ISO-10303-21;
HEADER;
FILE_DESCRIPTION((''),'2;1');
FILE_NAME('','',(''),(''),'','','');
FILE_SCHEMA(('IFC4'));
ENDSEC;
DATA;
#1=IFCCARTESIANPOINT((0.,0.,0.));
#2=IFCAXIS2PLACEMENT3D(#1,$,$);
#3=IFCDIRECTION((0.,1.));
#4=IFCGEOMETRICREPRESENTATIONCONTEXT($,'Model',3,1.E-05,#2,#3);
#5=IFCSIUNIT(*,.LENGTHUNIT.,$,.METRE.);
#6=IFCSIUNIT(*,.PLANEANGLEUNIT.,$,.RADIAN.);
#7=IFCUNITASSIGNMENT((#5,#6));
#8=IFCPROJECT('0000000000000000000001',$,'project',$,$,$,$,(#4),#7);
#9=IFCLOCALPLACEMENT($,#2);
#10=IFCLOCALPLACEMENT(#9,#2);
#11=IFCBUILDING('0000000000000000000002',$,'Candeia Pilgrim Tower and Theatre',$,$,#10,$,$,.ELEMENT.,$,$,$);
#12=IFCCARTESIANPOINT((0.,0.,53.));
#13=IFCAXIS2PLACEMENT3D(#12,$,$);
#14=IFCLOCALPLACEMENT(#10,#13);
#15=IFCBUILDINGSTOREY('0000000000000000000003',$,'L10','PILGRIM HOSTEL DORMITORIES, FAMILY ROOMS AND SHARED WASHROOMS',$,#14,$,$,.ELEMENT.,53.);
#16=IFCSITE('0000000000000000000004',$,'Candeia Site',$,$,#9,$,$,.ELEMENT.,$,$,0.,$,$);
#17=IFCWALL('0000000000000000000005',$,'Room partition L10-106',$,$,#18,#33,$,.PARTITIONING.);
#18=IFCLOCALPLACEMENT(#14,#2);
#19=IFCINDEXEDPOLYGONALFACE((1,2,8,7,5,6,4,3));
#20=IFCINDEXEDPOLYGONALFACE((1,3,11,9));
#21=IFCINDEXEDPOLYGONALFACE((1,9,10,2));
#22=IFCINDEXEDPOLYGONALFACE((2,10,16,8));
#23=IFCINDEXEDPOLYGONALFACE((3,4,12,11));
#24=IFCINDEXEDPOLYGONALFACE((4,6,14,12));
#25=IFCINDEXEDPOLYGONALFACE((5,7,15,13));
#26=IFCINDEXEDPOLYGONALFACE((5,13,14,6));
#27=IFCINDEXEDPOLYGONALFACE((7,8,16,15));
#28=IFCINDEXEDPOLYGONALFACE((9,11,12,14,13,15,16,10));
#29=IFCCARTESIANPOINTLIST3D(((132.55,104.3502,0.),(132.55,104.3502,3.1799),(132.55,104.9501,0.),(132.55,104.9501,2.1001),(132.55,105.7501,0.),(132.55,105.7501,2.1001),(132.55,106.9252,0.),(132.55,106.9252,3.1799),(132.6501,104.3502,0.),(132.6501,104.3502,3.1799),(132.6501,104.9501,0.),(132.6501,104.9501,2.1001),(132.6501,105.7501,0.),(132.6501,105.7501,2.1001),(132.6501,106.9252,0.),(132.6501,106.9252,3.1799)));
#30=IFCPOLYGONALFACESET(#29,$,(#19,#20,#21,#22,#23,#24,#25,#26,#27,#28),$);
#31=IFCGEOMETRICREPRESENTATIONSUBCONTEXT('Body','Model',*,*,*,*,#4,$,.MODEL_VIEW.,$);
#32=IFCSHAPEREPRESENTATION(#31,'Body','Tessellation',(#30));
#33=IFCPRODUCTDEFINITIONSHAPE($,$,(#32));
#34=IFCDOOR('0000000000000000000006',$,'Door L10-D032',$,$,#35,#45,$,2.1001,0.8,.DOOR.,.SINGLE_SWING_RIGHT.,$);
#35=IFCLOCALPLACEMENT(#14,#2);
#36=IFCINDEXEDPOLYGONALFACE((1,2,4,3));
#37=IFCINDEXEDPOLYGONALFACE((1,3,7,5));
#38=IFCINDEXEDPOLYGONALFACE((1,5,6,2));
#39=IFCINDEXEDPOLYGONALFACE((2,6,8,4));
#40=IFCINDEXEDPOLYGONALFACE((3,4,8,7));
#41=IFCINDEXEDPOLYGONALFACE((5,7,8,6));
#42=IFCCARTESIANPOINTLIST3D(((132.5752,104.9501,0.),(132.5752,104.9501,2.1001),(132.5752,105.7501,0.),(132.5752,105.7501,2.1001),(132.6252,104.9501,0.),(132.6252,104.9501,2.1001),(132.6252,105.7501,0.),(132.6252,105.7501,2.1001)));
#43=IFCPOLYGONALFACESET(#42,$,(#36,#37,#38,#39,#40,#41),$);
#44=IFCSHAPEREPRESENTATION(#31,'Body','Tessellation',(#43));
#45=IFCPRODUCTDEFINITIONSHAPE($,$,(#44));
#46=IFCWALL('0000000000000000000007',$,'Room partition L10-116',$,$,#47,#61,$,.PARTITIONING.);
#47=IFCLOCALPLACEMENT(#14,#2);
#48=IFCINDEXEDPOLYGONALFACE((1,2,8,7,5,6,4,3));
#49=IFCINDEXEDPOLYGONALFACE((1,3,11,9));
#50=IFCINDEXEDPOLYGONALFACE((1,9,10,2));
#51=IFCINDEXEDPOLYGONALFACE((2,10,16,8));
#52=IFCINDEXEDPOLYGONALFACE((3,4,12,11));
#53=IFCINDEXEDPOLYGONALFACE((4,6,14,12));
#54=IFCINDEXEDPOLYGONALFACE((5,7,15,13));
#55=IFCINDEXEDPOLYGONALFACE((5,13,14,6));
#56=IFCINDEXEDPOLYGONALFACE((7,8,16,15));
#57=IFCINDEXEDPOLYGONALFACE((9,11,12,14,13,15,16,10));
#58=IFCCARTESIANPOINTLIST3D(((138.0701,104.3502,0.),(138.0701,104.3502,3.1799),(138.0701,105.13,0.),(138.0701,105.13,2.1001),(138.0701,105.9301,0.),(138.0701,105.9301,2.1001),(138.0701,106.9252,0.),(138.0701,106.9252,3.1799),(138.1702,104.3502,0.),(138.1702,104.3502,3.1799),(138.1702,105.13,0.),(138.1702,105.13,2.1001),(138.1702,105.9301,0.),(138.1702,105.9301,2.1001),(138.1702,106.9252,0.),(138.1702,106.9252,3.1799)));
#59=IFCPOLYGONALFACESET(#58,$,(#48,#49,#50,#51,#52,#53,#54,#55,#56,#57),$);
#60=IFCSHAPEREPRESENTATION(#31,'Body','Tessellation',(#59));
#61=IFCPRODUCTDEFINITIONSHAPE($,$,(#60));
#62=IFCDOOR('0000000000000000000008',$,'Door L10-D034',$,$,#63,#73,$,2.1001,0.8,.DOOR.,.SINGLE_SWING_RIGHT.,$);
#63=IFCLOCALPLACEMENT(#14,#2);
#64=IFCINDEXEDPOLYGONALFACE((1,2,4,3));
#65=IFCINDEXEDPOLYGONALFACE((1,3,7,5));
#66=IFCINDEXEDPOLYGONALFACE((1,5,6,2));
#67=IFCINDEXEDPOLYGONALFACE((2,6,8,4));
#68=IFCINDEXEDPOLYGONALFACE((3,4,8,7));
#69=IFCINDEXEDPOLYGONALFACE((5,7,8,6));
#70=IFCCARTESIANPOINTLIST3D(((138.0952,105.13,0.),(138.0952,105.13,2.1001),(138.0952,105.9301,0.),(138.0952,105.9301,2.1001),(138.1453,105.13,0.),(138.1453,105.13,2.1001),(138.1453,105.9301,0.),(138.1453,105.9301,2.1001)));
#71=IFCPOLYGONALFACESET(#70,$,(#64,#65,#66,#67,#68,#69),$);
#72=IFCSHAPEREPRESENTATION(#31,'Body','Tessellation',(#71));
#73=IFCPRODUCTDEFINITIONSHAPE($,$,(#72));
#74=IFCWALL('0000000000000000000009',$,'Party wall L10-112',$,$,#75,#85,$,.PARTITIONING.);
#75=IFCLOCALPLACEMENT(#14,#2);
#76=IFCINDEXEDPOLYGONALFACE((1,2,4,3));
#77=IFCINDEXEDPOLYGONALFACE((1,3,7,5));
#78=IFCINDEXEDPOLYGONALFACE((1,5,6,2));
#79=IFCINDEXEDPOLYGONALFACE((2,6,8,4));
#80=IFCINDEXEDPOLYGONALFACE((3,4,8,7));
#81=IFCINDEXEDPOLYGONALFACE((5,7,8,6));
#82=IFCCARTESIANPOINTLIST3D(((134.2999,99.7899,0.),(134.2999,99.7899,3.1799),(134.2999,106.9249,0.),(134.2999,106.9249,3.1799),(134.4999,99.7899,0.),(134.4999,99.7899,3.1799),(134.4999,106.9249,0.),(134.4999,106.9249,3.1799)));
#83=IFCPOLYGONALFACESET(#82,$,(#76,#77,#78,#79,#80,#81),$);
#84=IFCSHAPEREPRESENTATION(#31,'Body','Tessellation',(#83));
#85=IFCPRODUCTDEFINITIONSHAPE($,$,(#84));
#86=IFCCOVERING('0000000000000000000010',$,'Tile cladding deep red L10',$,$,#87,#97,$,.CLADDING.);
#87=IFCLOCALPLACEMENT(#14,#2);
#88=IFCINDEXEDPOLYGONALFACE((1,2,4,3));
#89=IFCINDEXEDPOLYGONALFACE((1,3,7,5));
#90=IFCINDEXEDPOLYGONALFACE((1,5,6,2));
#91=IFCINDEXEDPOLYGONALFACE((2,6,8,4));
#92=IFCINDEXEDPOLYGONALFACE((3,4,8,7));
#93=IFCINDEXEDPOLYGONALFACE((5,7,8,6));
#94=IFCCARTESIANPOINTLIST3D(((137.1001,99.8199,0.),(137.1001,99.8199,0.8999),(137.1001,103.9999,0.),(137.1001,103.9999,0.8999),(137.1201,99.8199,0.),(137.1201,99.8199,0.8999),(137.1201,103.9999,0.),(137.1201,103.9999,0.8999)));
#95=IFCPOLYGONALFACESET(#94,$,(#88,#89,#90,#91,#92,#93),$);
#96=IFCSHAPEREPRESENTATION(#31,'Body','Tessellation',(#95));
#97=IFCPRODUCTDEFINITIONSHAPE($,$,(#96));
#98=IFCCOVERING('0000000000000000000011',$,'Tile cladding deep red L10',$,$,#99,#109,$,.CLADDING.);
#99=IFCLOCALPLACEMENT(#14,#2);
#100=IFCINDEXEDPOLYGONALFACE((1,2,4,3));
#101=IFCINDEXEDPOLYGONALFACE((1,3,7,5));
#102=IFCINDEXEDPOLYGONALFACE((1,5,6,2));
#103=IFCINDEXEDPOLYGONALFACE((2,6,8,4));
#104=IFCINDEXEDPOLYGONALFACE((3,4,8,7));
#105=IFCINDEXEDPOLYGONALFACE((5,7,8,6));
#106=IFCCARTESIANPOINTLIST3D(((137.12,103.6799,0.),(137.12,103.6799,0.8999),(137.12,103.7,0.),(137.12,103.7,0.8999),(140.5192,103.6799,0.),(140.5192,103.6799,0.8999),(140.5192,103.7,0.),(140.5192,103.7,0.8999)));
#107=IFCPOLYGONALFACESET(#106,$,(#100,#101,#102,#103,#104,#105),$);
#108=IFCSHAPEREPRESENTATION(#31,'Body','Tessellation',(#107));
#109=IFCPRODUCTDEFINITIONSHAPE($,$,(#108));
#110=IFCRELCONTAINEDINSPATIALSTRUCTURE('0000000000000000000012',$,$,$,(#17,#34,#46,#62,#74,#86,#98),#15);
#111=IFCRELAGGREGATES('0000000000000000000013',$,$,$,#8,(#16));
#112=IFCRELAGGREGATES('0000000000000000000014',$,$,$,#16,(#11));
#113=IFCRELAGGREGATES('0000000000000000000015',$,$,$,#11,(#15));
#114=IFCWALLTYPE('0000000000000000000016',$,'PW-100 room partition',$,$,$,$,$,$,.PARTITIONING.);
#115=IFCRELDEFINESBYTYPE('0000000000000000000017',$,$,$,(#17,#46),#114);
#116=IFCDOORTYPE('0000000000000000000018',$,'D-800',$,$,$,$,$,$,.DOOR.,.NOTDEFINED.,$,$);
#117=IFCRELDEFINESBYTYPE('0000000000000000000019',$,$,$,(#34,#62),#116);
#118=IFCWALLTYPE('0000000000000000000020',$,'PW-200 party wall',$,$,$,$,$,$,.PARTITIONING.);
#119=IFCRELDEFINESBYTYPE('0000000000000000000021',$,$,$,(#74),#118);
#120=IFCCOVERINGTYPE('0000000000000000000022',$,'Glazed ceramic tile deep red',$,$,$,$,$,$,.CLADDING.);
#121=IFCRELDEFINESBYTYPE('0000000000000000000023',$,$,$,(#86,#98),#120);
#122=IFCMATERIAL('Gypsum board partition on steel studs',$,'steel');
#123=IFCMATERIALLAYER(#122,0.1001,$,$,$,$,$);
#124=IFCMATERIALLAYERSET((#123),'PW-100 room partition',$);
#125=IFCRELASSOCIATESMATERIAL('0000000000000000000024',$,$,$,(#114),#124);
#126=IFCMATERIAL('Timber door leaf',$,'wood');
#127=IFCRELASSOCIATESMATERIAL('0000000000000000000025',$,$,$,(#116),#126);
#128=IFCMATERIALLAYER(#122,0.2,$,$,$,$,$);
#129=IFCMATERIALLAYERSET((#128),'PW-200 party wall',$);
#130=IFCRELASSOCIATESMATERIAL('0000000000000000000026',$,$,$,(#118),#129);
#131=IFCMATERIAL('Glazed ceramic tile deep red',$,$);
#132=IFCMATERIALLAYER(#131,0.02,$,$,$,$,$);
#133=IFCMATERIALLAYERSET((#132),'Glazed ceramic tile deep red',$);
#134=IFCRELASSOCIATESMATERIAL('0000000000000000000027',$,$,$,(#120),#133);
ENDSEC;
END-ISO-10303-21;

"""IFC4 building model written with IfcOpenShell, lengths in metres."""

from ifc_helpers import new_model, si_unit, direction, frame, frame_2d, origin, origin_2d, place, context, subcontext, project, spatial, rectangle, extrude, material, layer, layer_set, type_object, element, fill, save


model = new_model("IFC4")

# Units and contexts
model_context = context("Model", 3, precision=1e-05, world=origin(), true_north=direction((0.0, 1.0)))
body_context = subcontext(model_context, "Body", "Model", "MODEL_VIEW")
ifc_project = project(units=[si_unit("LENGTHUNIT", "METRE"), si_unit("PLANEANGLEUNIT", "RADIAN")], contexts=[model_context])

# Site, building, storey
site_placement = place(None, origin())
site = spatial("IfcSite", under=ifc_project, at=site_placement, Name="Candeia Site", CompositionType="ELEMENT", RefElevation=0.0)
building_placement = place(site_placement, origin())
building = spatial("IfcBuilding", under=site, at=building_placement, Name="Candeia Pilgrim Tower and Theatre", CompositionType="ELEMENT")
storey_placement = place(building_placement, frame((0.0, 0.0, 53.0)))
storey = spatial("IfcBuildingStorey", under=building, at=storey_placement, Name="L10", Description="PILGRIM HOSTEL DORMITORIES, FAMILY ROOMS AND SHARED WASHROOMS", CompositionType="ELEMENT", Elevation=53.0)

# Shared definitions
ifc_material_1 = material(Name="Gypsum board partition on steel studs", Category="steel")
ifc_layer_1 = layer(ifc_material_1, 0.1001)
ifc_layer_set_1 = layer_set([ifc_layer_1], Name="PW-100 room partition")
wall_type_1 = type_object("IfcWallType", Name="PW-100 room partition", PredefinedType="PARTITIONING", material=ifc_layer_set_1)

# Walls, openings, doors
wall_1_placement = place(storey_placement, frame((132.6001, 104.3501, 0.0), z_axis=(0.0, 0.0, 1.0), x_axis=(0.0, 1.0, 0.0)))
wall_1 = element("IfcWall", 1, at=wall_1_placement, inside=storey, type_object=wall_type_1, Name="Room partition L10-106", PredefinedType="PARTITIONING", context=body_context, shape_type="SweptSolid", body=[
    extrude(rectangle(XDim=2.575, YDim=0.1001, at=frame_2d((1.2876, 0.0))), origin(), (0.0, 0.0, 1.0), 3.1799),
])
opening_1_placement = place(wall_1_placement, frame((0.6001, 0.0, 0.0)))
opening_1 = element("IfcOpeningElement", 2, at=opening_1_placement, cuts=wall_1, PredefinedType="OPENING", context=body_context, shape_type="SweptSolid", body=[
    extrude(rectangle(XDim=0.8, YDim=2.1001, at=frame_2d((0.3999, 1.05))), frame((0.0, 0.0601, 0.0), z_axis=(0.0, -1.0, 0.0), x_axis=(1.0, 0.0, 0.0)), (0.0, 0.0, 1.0), 0.1201),
])
ifc_material_2 = material(Name="Timber door leaf", Category="wood")
door_type_1 = type_object("IfcDoorType", Name="D-800", OperationType="NOTDEFINED", PredefinedType="DOOR", material=ifc_material_2)
door_1_placement = place(opening_1_placement, origin())
door_1 = element("IfcDoor", 3, at=door_1_placement, inside=storey, type_object=door_type_1, Name="Door L10-D032", OperationType="SINGLE_SWING_RIGHT", OverallHeight=2.1001, OverallWidth=0.8, PredefinedType="DOOR", context=body_context, shape_type="SweptSolid", body=[
    extrude(rectangle(XDim=0.8, YDim=2.1001, at=frame_2d((0.3999, 1.05))), frame((0.0, 0.0249, 0.0), z_axis=(0.0, -1.0, 0.0), x_axis=(1.0, 0.0, 0.0)), (0.0, 0.0, 1.0), 0.05),
])
fill(opening_1, door_1)
wall_2_placement = place(storey_placement, frame((138.1201, 104.3501, 0.0), z_axis=(0.0, 0.0, 1.0), x_axis=(0.0, 1.0, 0.0)))
wall_2 = element("IfcWall", 4, at=wall_2_placement, inside=storey, type_object=wall_type_1, Name="Room partition L10-116", PredefinedType="PARTITIONING", context=body_context, shape_type="SweptSolid", body=[
    extrude(rectangle(XDim=2.575, YDim=0.1001, at=frame_2d((1.2876, 0.0))), origin(), (0.0, 0.0, 1.0), 3.1799),
])
opening_2_placement = place(wall_2_placement, frame((0.78, 0.0, 0.0)))
opening_2 = element("IfcOpeningElement", 5, at=opening_2_placement, cuts=wall_2, PredefinedType="OPENING", context=body_context, shape_type="SweptSolid", body=[
    extrude(rectangle(XDim=0.8, YDim=2.1001, at=frame_2d((0.3999, 1.05))), frame((0.0, 0.0601, 0.0), z_axis=(0.0, -1.0, 0.0), x_axis=(1.0, 0.0, 0.0)), (0.0, 0.0, 1.0), 0.1201),
])
door_2_placement = place(opening_2_placement, origin())
door_2 = element("IfcDoor", 6, at=door_2_placement, inside=storey, type_object=door_type_1, Name="Door L10-D034", OperationType="SINGLE_SWING_RIGHT", OverallHeight=2.1001, OverallWidth=0.8, PredefinedType="DOOR", context=body_context, shape_type="SweptSolid", body=[
    extrude(rectangle(XDim=0.8, YDim=2.1001, at=frame_2d((0.3999, 1.05))), frame((0.0, 0.0249, 0.0), z_axis=(0.0, -1.0, 0.0), x_axis=(1.0, 0.0, 0.0)), (0.0, 0.0, 1.0), 0.05),
])
fill(opening_2, door_2)

# Wall
ifc_layer_2 = layer(ifc_material_1, 0.2)
ifc_layer_set_2 = layer_set([ifc_layer_2], Name="PW-200 party wall")
wall_type_2 = type_object("IfcWallType", Name="PW-200 party wall", PredefinedType="PARTITIONING", material=ifc_layer_set_2)
wall_3_placement = place(storey_placement, frame((134.3999, 99.79, 0.0), z_axis=(0.0, 0.0, 1.0), x_axis=(0.0, 1.0, 0.0)))
element("IfcWall", 7, at=wall_3_placement, inside=storey, type_object=wall_type_2, Name="Party wall L10-112", PredefinedType="PARTITIONING", context=body_context, shape_type="SweptSolid", body=[
    extrude(rectangle(XDim=7.135, YDim=0.2, at=frame_2d((3.5674, 0.0))), origin(), (0.0, 0.0, 1.0), 3.1799),
])

# Coverings
ifc_material_3 = material(Name="Glazed ceramic tile deep red")
ifc_layer_3 = layer(ifc_material_3, 0.02)
ifc_layer_set_3 = layer_set([ifc_layer_3], Name="Glazed ceramic tile deep red")
covering_type = type_object("IfcCoveringType", Name="Glazed ceramic tile deep red", PredefinedType="CLADDING", material=ifc_layer_set_3)
covering_1_placement = place(storey_placement, frame((137.1101, 101.9099, 0.0), z_axis=(0.0, 0.0, 1.0), x_axis=(0.0, 1.0, 0.0)))
element("IfcCovering", 8, at=covering_1_placement, inside=storey, type_object=covering_type, Name="Tile cladding deep red L10", PredefinedType="CLADDING", context=body_context, shape_type="SweptSolid", body=[
    extrude(rectangle(XDim=4.1799, YDim=0.02, at=origin_2d()), origin(), (0.0, 0.0, 1.0), 0.8999),
])
covering_2_placement = place(storey_placement, frame((138.8196, 103.6899, 0.0), z_axis=(0.0, 0.0, 1.0), x_axis=(1.0, 0.0, 0.0)))
element("IfcCovering", 9, at=covering_2_placement, inside=storey, type_object=covering_type, Name="Tile cladding deep red L10", PredefinedType="CLADDING", context=body_context, shape_type="SweptSolid", body=[
    extrude(rectangle(XDim=3.3992, YDim=0.02, at=origin_2d()), origin(), (0.0, 0.0, 1.0), 0.8999),
])

save(model, "model.ifc")
